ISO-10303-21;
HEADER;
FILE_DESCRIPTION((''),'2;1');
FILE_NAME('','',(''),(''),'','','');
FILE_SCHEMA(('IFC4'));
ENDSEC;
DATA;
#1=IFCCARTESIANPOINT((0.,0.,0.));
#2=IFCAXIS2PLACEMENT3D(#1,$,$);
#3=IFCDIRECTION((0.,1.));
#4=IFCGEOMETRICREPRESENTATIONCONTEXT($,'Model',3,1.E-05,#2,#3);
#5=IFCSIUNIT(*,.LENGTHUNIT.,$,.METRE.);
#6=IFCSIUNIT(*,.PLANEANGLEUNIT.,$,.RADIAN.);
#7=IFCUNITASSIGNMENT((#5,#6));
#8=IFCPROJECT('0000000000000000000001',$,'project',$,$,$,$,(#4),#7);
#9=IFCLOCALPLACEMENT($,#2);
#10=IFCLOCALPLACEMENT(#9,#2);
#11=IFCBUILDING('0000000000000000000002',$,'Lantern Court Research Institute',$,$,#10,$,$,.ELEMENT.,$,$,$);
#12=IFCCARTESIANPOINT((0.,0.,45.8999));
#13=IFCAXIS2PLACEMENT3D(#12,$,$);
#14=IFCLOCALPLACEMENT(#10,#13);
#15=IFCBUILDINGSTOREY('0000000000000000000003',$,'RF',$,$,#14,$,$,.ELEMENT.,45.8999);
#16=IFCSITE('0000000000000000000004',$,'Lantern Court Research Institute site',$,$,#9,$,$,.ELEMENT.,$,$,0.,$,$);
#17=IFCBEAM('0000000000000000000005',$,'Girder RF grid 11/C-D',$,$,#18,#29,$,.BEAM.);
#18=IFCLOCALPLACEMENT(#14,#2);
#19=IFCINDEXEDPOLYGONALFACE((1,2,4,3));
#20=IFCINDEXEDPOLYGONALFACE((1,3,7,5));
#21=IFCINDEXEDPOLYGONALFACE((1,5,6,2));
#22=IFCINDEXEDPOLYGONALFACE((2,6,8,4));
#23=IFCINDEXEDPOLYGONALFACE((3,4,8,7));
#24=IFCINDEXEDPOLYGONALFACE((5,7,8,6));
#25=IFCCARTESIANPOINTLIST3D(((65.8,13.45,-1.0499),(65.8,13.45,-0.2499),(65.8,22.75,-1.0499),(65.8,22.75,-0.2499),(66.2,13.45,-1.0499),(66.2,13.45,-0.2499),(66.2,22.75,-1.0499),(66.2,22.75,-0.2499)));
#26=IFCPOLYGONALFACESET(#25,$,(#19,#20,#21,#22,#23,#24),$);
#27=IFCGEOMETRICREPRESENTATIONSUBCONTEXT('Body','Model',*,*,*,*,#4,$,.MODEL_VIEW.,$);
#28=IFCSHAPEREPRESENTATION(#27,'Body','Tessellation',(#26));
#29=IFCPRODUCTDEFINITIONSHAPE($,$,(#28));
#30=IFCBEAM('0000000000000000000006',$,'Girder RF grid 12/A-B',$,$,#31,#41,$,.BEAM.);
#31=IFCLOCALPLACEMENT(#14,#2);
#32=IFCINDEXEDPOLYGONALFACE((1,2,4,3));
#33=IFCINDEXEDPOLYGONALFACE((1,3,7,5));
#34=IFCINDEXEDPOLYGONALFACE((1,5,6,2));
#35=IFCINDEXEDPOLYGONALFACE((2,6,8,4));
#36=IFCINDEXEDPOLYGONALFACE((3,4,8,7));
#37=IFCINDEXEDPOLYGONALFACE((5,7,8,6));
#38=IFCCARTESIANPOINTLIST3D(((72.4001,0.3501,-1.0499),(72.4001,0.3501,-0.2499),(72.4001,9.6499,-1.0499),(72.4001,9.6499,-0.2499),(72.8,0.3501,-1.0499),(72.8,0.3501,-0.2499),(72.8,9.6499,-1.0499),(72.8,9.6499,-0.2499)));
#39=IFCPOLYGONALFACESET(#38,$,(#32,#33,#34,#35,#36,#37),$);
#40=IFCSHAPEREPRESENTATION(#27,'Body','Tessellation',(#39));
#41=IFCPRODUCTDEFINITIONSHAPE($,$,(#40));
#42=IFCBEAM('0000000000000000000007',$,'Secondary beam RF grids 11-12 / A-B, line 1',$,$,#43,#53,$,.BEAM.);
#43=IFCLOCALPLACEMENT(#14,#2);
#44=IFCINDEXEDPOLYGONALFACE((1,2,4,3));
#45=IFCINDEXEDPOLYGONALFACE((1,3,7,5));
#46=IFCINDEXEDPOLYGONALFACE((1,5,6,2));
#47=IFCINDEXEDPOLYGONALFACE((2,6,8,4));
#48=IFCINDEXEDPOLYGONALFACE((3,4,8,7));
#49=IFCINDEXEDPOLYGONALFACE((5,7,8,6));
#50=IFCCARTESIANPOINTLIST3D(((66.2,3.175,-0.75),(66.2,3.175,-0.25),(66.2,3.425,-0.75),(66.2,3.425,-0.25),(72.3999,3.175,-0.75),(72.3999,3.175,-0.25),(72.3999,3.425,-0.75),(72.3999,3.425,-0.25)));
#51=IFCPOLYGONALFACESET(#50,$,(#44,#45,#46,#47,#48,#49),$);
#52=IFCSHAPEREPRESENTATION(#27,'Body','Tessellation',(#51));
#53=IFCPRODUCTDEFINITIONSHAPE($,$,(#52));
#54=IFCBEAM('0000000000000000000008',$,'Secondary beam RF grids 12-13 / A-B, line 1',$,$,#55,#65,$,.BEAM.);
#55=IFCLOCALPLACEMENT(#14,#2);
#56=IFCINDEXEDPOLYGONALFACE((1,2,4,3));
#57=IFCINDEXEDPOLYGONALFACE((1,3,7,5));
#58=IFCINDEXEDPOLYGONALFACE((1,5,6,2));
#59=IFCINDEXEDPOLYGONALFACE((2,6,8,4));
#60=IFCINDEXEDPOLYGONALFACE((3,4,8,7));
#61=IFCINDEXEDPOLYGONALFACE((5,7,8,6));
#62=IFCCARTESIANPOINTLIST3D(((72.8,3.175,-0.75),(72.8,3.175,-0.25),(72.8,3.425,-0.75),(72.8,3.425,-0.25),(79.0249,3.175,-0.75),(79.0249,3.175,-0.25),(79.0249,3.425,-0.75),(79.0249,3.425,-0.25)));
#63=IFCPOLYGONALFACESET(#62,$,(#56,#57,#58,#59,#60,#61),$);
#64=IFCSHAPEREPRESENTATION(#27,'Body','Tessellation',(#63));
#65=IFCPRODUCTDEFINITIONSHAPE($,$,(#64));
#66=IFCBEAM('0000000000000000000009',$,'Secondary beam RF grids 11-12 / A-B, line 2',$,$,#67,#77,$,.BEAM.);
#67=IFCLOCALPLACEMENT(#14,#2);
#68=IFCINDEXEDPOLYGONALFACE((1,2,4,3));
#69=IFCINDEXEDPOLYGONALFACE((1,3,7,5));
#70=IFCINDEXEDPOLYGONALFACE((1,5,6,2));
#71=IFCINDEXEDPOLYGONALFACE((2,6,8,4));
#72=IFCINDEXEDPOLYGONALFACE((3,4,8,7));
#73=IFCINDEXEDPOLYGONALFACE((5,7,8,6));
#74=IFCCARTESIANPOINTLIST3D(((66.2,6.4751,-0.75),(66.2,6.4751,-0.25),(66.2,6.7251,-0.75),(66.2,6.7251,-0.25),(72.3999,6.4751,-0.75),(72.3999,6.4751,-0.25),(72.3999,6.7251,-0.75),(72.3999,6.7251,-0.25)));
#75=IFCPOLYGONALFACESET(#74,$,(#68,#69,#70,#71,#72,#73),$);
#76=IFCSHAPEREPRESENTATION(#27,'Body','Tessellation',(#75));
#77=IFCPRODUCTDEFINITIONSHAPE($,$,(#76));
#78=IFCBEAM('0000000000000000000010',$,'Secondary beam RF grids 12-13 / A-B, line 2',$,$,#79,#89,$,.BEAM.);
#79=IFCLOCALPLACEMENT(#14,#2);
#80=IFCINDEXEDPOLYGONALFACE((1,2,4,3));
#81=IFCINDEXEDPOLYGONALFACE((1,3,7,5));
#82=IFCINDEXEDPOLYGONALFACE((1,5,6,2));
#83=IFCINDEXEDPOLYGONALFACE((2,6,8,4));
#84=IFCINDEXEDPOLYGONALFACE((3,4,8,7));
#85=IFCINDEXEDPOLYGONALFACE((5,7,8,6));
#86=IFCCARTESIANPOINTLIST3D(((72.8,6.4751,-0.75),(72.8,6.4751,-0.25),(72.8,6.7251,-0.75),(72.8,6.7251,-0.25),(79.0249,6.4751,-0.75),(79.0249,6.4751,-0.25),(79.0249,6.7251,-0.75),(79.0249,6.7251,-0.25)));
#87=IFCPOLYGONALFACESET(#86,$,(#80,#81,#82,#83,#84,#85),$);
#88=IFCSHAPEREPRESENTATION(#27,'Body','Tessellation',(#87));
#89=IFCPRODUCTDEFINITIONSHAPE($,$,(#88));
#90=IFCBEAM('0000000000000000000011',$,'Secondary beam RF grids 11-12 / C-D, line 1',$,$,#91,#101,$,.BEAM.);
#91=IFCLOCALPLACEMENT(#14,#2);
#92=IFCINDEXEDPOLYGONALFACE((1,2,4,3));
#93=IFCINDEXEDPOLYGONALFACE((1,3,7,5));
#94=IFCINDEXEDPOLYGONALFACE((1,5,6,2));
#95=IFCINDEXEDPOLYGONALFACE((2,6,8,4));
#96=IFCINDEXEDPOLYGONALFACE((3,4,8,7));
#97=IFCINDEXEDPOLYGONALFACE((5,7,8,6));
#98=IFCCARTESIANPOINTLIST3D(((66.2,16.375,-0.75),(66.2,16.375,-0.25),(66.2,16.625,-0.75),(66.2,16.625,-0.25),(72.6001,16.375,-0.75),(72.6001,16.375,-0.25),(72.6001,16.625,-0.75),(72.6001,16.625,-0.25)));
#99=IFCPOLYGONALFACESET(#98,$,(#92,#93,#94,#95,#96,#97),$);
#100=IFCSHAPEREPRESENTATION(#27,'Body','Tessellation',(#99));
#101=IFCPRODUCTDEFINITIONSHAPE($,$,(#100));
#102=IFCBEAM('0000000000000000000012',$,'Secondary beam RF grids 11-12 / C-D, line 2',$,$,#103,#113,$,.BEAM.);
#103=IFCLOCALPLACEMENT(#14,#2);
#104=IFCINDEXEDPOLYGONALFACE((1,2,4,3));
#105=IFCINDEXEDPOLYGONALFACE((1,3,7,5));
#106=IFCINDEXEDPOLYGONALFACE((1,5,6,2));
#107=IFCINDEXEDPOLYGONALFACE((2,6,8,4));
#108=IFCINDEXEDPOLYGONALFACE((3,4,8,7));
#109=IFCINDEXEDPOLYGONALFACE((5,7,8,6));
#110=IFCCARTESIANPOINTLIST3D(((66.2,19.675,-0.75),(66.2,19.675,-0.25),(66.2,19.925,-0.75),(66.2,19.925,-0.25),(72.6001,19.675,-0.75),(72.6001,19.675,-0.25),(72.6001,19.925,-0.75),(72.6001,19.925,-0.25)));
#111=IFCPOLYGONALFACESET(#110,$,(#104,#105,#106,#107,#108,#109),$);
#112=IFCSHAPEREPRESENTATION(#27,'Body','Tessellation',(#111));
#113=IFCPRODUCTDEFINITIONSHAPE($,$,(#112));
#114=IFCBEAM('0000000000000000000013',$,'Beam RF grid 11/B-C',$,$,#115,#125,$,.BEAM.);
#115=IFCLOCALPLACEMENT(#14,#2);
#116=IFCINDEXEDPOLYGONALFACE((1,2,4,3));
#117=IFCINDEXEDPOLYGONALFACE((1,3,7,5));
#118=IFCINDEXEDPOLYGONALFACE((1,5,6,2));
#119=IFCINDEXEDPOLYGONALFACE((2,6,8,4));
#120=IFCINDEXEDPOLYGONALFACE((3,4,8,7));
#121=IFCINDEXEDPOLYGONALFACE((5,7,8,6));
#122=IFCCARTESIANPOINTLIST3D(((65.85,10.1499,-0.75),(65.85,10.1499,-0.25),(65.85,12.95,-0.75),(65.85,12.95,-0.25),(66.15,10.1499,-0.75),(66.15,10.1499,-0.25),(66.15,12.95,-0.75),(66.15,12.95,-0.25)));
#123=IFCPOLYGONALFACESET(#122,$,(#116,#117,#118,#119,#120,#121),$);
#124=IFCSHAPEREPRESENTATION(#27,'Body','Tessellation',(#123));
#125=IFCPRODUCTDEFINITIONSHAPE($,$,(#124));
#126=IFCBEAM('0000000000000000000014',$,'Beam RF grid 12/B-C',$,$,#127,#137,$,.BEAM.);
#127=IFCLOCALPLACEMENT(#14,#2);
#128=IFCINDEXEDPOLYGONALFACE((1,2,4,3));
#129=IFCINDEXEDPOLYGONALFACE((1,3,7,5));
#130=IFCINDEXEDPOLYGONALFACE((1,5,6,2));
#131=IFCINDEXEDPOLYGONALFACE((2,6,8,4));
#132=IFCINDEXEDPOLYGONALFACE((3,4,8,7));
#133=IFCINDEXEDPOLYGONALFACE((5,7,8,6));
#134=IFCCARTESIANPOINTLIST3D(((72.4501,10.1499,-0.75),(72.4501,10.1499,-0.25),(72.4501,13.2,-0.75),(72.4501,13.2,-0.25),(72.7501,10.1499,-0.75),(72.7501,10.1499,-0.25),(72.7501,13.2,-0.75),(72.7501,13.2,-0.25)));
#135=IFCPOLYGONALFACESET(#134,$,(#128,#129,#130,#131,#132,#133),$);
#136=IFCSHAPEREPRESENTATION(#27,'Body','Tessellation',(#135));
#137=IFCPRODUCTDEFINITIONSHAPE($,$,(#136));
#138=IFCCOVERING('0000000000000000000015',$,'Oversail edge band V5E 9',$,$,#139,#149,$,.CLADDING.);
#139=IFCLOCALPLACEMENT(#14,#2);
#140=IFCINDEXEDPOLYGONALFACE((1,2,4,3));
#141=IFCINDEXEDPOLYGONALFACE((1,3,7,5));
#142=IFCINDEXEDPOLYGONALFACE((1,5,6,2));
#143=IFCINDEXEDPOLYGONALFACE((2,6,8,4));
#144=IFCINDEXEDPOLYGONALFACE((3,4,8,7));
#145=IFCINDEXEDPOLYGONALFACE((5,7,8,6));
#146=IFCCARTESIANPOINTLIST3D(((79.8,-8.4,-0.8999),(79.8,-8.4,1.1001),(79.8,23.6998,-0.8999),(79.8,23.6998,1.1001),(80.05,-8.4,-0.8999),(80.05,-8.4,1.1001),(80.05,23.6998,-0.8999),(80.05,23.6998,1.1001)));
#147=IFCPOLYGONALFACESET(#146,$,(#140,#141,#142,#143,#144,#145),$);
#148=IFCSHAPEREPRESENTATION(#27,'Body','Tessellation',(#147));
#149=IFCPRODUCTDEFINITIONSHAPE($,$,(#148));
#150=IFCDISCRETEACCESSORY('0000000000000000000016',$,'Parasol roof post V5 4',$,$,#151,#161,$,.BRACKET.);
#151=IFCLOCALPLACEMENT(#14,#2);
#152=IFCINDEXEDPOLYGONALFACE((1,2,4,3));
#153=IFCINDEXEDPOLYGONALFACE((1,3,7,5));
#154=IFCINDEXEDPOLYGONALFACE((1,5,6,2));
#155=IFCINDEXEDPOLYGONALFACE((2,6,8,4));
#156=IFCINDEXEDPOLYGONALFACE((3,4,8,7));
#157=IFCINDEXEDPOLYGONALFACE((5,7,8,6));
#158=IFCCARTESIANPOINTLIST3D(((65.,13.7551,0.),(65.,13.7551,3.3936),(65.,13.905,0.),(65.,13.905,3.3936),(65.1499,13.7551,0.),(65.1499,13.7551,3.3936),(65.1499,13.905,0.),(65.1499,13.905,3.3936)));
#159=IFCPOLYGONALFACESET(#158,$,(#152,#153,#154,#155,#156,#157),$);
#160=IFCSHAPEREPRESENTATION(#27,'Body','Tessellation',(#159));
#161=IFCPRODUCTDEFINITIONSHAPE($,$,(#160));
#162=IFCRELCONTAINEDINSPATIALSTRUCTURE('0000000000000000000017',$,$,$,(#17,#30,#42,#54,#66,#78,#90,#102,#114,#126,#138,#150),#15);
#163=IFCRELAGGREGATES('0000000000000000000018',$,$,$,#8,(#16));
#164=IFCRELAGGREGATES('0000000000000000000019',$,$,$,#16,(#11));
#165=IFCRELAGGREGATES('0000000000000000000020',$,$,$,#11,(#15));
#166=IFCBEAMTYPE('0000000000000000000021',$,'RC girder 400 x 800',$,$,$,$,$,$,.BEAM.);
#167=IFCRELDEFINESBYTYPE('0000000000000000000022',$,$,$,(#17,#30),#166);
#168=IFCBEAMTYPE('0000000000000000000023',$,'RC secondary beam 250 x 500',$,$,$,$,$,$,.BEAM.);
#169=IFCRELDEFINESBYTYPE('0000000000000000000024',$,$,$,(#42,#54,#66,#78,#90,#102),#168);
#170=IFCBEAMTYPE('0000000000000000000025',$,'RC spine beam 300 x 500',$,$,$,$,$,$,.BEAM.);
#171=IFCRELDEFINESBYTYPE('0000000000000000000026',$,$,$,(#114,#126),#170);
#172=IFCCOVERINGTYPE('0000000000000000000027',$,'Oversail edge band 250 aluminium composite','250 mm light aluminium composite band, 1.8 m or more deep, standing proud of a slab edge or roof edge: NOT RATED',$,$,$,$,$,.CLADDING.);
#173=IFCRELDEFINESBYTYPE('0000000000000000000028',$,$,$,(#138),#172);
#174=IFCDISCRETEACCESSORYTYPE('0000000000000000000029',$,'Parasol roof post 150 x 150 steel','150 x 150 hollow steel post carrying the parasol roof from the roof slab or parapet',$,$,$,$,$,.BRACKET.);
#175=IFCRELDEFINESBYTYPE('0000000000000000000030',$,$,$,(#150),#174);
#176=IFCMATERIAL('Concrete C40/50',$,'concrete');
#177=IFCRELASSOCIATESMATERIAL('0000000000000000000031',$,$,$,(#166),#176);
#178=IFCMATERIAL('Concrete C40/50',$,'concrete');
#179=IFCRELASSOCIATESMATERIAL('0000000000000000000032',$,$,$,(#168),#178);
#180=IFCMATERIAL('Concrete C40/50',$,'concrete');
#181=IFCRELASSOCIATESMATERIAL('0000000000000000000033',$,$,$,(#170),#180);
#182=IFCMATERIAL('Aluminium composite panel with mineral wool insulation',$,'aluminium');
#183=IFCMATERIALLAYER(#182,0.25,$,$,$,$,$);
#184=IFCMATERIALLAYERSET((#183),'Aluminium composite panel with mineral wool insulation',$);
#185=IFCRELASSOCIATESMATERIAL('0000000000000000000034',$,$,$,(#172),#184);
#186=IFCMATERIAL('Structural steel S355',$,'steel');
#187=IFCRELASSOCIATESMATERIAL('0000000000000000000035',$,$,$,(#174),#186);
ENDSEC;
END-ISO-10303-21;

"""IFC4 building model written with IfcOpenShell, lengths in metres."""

from ifc_helpers import new_model, si_unit, direction, frame, frame_2d, origin, origin_2d, place, context, subcontext, project, spatial, rectangle, extrude, material, layer, layer_set, material_profile, profile_set, type_object, element, save


model = new_model("IFC4")

# Units and contexts
model_context = context("Model", 3, precision=1e-05, world=origin(), true_north=direction((0.0, 1.0)))
body_context = subcontext(model_context, "Body", "Model", "MODEL_VIEW")
ifc_project = project(units=[si_unit("LENGTHUNIT", "METRE"), si_unit("PLANEANGLEUNIT", "RADIAN")], contexts=[model_context])

# Site, building, storey
site_placement = place(None, origin())
site = spatial("IfcSite", under=ifc_project, at=site_placement, Name="Lantern Court Research Institute site", CompositionType="ELEMENT", RefElevation=0.0)
building_placement = place(site_placement, origin())
building = spatial("IfcBuilding", under=site, at=building_placement, Name="Lantern Court Research Institute", CompositionType="ELEMENT")
storey_placement = place(building_placement, frame((0.0, 0.0, 45.8999)))
storey = spatial("IfcBuildingStorey", under=building, at=storey_placement, Name="RF", CompositionType="ELEMENT", Elevation=45.8999)

# Beams
ifc_material_1 = material(Name="Concrete C40/50", Category="concrete")
ifc_material_profile_1 = material_profile(ifc_material_1, rectangle(XDim=0.3999, YDim=0.8, at=origin_2d()), Name="RC beam 400 x 800")
ifc_profile_set_1 = profile_set([ifc_material_profile_1], Name="Concrete C40/50")
beam_type_1 = type_object("IfcBeamType", Name="RC girder 400 x 800", PredefinedType="BEAM", material=ifc_profile_set_1)
beam_1_placement = place(storey_placement, frame((66.0, 13.45, -0.6499), z_axis=(0.0, 1.0, 0.0), x_axis=(-1.0, 0.0, 0.0)))
element("IfcBeam", 1, at=beam_1_placement, inside=storey, type_object=beam_type_1, Name="Girder RF grid 11/C-D", PredefinedType="BEAM", context=body_context, shape_type="SweptSolid", body=[
    extrude(rectangle(XDim=0.3999, YDim=0.8, at=origin_2d()), origin(), (0.0, 0.0, 1.0), 9.3),
])
beam_2_placement = place(storey_placement, frame((72.6001, 0.3501, -0.6499), z_axis=(0.0, 1.0, 0.0), x_axis=(-1.0, 0.0, 0.0)))
element("IfcBeam", 2, at=beam_2_placement, inside=storey, type_object=beam_type_1, Name="Girder RF grid 12/A-B", PredefinedType="BEAM", context=body_context, shape_type="SweptSolid", body=[
    extrude(rectangle(XDim=0.3999, YDim=0.8, at=origin_2d()), origin(), (0.0, 0.0, 1.0), 9.2998),
])
ifc_material_2 = material(Name="Concrete C40/50", Category="concrete")
ifc_material_profile_2 = material_profile(ifc_material_2, rectangle(XDim=0.25, YDim=0.5, at=origin_2d()), Name="RC beam 250 x 500")
ifc_profile_set_2 = profile_set([ifc_material_profile_2], Name="Concrete C40/50")
beam_type_2 = type_object("IfcBeamType", Name="RC secondary beam 250 x 500", PredefinedType="BEAM", material=ifc_profile_set_2)
beam_3_placement = place(storey_placement, frame((66.2, 3.3, -0.5), z_axis=(1.0, 0.0, 0.0), x_axis=(0.0, 1.0, 0.0)))
element("IfcBeam", 3, at=beam_3_placement, inside=storey, type_object=beam_type_2, Name="Secondary beam RF grids 11-12 / A-B, line 1", PredefinedType="BEAM", context=body_context, shape_type="SweptSolid", body=[
    extrude(rectangle(XDim=0.25, YDim=0.5, at=origin_2d()), origin(), (0.0, 0.0, 1.0), 6.2),
])
beam_4_placement = place(storey_placement, frame((72.8, 3.3, -0.5), z_axis=(1.0, 0.0, 0.0), x_axis=(0.0, 1.0, 0.0)))
element("IfcBeam", 4, at=beam_4_placement, inside=storey, type_object=beam_type_2, Name="Secondary beam RF grids 12-13 / A-B, line 1", PredefinedType="BEAM", context=body_context, shape_type="SweptSolid", body=[
    extrude(rectangle(XDim=0.25, YDim=0.5, at=origin_2d()), origin(), (0.0, 0.0, 1.0), 6.2249),
])
beam_5_placement = place(storey_placement, frame((66.2, 6.6001, -0.5), z_axis=(1.0, 0.0, 0.0), x_axis=(0.0, 1.0, 0.0)))
element("IfcBeam", 5, at=beam_5_placement, inside=storey, type_object=beam_type_2, Name="Secondary beam RF grids 11-12 / A-B, line 2", PredefinedType="BEAM", context=body_context, shape_type="SweptSolid", body=[
    extrude(rectangle(XDim=0.25, YDim=0.5, at=origin_2d()), origin(), (0.0, 0.0, 1.0), 6.2),
])
beam_6_placement = place(storey_placement, frame((72.8, 6.6001, -0.5), z_axis=(1.0, 0.0, 0.0), x_axis=(0.0, 1.0, 0.0)))
element("IfcBeam", 6, at=beam_6_placement, inside=storey, type_object=beam_type_2, Name="Secondary beam RF grids 12-13 / A-B, line 2", PredefinedType="BEAM", context=body_context, shape_type="SweptSolid", body=[
    extrude(rectangle(XDim=0.25, YDim=0.5, at=origin_2d()), origin(), (0.0, 0.0, 1.0), 6.2249),
])
for number, where, z_axis, x_axis, name in (
    (7, (66.2, 16.5, -0.5), (1.0, 0.0, 0.0), (0.0, 1.0, 0.0), "Secondary beam RF grids 11-12 / C-D, line 1"),
    (8, (66.2, 19.8, -0.5), (1.0, 0.0, 0.0), (0.0, 1.0, 0.0), "Secondary beam RF grids 11-12 / C-D, line 2"),
):
    element("IfcBeam", number, at=place(storey_placement, frame(where, z_axis=z_axis, x_axis=x_axis)), inside=storey, type_object=beam_type_2, Name=name, PredefinedType="BEAM", context=body_context, shape_type="SweptSolid", body=[
        extrude(rectangle(XDim=0.25, YDim=0.5, at=origin_2d()), origin(), (0.0, 0.0, 1.0), 6.4001),
    ])
ifc_material_3 = material(Name="Concrete C40/50", Category="concrete")
ifc_material_profile_3 = material_profile(ifc_material_3, rectangle(XDim=0.3, YDim=0.5, at=origin_2d()), Name="RC beam 300 x 500")
ifc_profile_set_3 = profile_set([ifc_material_profile_3], Name="Concrete C40/50")
beam_type_3 = type_object("IfcBeamType", Name="RC spine beam 300 x 500", PredefinedType="BEAM", material=ifc_profile_set_3)
beam_7_placement = place(storey_placement, frame((66.0, 10.1499, -0.5), z_axis=(0.0, 1.0, 0.0), x_axis=(-1.0, 0.0, 0.0)))
element("IfcBeam", 9, at=beam_7_placement, inside=storey, type_object=beam_type_3, Name="Beam RF grid 11/B-C", PredefinedType="BEAM", context=body_context, shape_type="SweptSolid", body=[
    extrude(rectangle(XDim=0.3, YDim=0.5, at=origin_2d()), origin(), (0.0, 0.0, 1.0), 2.8),
])
beam_8_placement = place(storey_placement, frame((72.6001, 10.1499, -0.5), z_axis=(0.0, 1.0, 0.0), x_axis=(-1.0, 0.0, 0.0)))
element("IfcBeam", 10, at=beam_8_placement, inside=storey, type_object=beam_type_3, Name="Beam RF grid 12/B-C", PredefinedType="BEAM", context=body_context, shape_type="SweptSolid", body=[
    extrude(rectangle(XDim=0.3, YDim=0.5, at=origin_2d()), origin(), (0.0, 0.0, 1.0), 3.05),
])

# Covering
ifc_material_4 = material(Name="Aluminium composite panel with mineral wool insulation", Category="aluminium")
ifc_layer_1 = layer(ifc_material_4, 0.25)
ifc_layer_set_1 = layer_set([ifc_layer_1], Name="Aluminium composite panel with mineral wool insulation")
covering_type_1 = type_object("IfcCoveringType", Name="Oversail edge band 250 aluminium composite", Description="250 mm light aluminium composite band, 1.8 m or more deep, standing proud of a slab edge or roof edge: NOT RATED", PredefinedType="CLADDING", material=ifc_layer_set_1)
covering_1_placement = place(storey_placement, frame((79.925, -8.3999, -0.8999), z_axis=(0.0, 0.0, 1.0), x_axis=(0.0, 1.0, 0.0)))
element("IfcCovering", 11, at=covering_1_placement, inside=storey, type_object=covering_type_1, Name="Oversail edge band V5E 9", PredefinedType="CLADDING", context=body_context, shape_type="SweptSolid", body=[
    extrude(rectangle(XDim=32.0999, YDim=0.25, at=frame_2d((16.0498, 0.0))), origin(), (0.0, 0.0, 1.0), 2.0),
])

# Discrete accessory
ifc_material_5 = material(Name="Structural steel S355", Category="steel")
discrete_accessory_type = type_object("IfcDiscreteAccessoryType", Name="Parasol roof post 150 x 150 steel", Description="150 x 150 hollow steel post carrying the parasol roof from the roof slab or parapet", PredefinedType="BRACKET", material=ifc_material_5)
discrete_accessory_placement = place(storey_placement, frame((65.075, 13.8301, 0.0), z_axis=(0.0, 0.0, 1.0), x_axis=(1.0, 0.0, 0.0)))
element("IfcDiscreteAccessory", 12, at=discrete_accessory_placement, inside=storey, type_object=discrete_accessory_type, Name="Parasol roof post V5 4", PredefinedType="BRACKET", context=body_context, shape_type="SweptSolid", body=[
    extrude(rectangle(XDim=0.1499, YDim=0.1499, at=origin_2d()), origin(), (0.0, 0.0, 1.0), 3.3936),
])

save(model, "model.ifc")
